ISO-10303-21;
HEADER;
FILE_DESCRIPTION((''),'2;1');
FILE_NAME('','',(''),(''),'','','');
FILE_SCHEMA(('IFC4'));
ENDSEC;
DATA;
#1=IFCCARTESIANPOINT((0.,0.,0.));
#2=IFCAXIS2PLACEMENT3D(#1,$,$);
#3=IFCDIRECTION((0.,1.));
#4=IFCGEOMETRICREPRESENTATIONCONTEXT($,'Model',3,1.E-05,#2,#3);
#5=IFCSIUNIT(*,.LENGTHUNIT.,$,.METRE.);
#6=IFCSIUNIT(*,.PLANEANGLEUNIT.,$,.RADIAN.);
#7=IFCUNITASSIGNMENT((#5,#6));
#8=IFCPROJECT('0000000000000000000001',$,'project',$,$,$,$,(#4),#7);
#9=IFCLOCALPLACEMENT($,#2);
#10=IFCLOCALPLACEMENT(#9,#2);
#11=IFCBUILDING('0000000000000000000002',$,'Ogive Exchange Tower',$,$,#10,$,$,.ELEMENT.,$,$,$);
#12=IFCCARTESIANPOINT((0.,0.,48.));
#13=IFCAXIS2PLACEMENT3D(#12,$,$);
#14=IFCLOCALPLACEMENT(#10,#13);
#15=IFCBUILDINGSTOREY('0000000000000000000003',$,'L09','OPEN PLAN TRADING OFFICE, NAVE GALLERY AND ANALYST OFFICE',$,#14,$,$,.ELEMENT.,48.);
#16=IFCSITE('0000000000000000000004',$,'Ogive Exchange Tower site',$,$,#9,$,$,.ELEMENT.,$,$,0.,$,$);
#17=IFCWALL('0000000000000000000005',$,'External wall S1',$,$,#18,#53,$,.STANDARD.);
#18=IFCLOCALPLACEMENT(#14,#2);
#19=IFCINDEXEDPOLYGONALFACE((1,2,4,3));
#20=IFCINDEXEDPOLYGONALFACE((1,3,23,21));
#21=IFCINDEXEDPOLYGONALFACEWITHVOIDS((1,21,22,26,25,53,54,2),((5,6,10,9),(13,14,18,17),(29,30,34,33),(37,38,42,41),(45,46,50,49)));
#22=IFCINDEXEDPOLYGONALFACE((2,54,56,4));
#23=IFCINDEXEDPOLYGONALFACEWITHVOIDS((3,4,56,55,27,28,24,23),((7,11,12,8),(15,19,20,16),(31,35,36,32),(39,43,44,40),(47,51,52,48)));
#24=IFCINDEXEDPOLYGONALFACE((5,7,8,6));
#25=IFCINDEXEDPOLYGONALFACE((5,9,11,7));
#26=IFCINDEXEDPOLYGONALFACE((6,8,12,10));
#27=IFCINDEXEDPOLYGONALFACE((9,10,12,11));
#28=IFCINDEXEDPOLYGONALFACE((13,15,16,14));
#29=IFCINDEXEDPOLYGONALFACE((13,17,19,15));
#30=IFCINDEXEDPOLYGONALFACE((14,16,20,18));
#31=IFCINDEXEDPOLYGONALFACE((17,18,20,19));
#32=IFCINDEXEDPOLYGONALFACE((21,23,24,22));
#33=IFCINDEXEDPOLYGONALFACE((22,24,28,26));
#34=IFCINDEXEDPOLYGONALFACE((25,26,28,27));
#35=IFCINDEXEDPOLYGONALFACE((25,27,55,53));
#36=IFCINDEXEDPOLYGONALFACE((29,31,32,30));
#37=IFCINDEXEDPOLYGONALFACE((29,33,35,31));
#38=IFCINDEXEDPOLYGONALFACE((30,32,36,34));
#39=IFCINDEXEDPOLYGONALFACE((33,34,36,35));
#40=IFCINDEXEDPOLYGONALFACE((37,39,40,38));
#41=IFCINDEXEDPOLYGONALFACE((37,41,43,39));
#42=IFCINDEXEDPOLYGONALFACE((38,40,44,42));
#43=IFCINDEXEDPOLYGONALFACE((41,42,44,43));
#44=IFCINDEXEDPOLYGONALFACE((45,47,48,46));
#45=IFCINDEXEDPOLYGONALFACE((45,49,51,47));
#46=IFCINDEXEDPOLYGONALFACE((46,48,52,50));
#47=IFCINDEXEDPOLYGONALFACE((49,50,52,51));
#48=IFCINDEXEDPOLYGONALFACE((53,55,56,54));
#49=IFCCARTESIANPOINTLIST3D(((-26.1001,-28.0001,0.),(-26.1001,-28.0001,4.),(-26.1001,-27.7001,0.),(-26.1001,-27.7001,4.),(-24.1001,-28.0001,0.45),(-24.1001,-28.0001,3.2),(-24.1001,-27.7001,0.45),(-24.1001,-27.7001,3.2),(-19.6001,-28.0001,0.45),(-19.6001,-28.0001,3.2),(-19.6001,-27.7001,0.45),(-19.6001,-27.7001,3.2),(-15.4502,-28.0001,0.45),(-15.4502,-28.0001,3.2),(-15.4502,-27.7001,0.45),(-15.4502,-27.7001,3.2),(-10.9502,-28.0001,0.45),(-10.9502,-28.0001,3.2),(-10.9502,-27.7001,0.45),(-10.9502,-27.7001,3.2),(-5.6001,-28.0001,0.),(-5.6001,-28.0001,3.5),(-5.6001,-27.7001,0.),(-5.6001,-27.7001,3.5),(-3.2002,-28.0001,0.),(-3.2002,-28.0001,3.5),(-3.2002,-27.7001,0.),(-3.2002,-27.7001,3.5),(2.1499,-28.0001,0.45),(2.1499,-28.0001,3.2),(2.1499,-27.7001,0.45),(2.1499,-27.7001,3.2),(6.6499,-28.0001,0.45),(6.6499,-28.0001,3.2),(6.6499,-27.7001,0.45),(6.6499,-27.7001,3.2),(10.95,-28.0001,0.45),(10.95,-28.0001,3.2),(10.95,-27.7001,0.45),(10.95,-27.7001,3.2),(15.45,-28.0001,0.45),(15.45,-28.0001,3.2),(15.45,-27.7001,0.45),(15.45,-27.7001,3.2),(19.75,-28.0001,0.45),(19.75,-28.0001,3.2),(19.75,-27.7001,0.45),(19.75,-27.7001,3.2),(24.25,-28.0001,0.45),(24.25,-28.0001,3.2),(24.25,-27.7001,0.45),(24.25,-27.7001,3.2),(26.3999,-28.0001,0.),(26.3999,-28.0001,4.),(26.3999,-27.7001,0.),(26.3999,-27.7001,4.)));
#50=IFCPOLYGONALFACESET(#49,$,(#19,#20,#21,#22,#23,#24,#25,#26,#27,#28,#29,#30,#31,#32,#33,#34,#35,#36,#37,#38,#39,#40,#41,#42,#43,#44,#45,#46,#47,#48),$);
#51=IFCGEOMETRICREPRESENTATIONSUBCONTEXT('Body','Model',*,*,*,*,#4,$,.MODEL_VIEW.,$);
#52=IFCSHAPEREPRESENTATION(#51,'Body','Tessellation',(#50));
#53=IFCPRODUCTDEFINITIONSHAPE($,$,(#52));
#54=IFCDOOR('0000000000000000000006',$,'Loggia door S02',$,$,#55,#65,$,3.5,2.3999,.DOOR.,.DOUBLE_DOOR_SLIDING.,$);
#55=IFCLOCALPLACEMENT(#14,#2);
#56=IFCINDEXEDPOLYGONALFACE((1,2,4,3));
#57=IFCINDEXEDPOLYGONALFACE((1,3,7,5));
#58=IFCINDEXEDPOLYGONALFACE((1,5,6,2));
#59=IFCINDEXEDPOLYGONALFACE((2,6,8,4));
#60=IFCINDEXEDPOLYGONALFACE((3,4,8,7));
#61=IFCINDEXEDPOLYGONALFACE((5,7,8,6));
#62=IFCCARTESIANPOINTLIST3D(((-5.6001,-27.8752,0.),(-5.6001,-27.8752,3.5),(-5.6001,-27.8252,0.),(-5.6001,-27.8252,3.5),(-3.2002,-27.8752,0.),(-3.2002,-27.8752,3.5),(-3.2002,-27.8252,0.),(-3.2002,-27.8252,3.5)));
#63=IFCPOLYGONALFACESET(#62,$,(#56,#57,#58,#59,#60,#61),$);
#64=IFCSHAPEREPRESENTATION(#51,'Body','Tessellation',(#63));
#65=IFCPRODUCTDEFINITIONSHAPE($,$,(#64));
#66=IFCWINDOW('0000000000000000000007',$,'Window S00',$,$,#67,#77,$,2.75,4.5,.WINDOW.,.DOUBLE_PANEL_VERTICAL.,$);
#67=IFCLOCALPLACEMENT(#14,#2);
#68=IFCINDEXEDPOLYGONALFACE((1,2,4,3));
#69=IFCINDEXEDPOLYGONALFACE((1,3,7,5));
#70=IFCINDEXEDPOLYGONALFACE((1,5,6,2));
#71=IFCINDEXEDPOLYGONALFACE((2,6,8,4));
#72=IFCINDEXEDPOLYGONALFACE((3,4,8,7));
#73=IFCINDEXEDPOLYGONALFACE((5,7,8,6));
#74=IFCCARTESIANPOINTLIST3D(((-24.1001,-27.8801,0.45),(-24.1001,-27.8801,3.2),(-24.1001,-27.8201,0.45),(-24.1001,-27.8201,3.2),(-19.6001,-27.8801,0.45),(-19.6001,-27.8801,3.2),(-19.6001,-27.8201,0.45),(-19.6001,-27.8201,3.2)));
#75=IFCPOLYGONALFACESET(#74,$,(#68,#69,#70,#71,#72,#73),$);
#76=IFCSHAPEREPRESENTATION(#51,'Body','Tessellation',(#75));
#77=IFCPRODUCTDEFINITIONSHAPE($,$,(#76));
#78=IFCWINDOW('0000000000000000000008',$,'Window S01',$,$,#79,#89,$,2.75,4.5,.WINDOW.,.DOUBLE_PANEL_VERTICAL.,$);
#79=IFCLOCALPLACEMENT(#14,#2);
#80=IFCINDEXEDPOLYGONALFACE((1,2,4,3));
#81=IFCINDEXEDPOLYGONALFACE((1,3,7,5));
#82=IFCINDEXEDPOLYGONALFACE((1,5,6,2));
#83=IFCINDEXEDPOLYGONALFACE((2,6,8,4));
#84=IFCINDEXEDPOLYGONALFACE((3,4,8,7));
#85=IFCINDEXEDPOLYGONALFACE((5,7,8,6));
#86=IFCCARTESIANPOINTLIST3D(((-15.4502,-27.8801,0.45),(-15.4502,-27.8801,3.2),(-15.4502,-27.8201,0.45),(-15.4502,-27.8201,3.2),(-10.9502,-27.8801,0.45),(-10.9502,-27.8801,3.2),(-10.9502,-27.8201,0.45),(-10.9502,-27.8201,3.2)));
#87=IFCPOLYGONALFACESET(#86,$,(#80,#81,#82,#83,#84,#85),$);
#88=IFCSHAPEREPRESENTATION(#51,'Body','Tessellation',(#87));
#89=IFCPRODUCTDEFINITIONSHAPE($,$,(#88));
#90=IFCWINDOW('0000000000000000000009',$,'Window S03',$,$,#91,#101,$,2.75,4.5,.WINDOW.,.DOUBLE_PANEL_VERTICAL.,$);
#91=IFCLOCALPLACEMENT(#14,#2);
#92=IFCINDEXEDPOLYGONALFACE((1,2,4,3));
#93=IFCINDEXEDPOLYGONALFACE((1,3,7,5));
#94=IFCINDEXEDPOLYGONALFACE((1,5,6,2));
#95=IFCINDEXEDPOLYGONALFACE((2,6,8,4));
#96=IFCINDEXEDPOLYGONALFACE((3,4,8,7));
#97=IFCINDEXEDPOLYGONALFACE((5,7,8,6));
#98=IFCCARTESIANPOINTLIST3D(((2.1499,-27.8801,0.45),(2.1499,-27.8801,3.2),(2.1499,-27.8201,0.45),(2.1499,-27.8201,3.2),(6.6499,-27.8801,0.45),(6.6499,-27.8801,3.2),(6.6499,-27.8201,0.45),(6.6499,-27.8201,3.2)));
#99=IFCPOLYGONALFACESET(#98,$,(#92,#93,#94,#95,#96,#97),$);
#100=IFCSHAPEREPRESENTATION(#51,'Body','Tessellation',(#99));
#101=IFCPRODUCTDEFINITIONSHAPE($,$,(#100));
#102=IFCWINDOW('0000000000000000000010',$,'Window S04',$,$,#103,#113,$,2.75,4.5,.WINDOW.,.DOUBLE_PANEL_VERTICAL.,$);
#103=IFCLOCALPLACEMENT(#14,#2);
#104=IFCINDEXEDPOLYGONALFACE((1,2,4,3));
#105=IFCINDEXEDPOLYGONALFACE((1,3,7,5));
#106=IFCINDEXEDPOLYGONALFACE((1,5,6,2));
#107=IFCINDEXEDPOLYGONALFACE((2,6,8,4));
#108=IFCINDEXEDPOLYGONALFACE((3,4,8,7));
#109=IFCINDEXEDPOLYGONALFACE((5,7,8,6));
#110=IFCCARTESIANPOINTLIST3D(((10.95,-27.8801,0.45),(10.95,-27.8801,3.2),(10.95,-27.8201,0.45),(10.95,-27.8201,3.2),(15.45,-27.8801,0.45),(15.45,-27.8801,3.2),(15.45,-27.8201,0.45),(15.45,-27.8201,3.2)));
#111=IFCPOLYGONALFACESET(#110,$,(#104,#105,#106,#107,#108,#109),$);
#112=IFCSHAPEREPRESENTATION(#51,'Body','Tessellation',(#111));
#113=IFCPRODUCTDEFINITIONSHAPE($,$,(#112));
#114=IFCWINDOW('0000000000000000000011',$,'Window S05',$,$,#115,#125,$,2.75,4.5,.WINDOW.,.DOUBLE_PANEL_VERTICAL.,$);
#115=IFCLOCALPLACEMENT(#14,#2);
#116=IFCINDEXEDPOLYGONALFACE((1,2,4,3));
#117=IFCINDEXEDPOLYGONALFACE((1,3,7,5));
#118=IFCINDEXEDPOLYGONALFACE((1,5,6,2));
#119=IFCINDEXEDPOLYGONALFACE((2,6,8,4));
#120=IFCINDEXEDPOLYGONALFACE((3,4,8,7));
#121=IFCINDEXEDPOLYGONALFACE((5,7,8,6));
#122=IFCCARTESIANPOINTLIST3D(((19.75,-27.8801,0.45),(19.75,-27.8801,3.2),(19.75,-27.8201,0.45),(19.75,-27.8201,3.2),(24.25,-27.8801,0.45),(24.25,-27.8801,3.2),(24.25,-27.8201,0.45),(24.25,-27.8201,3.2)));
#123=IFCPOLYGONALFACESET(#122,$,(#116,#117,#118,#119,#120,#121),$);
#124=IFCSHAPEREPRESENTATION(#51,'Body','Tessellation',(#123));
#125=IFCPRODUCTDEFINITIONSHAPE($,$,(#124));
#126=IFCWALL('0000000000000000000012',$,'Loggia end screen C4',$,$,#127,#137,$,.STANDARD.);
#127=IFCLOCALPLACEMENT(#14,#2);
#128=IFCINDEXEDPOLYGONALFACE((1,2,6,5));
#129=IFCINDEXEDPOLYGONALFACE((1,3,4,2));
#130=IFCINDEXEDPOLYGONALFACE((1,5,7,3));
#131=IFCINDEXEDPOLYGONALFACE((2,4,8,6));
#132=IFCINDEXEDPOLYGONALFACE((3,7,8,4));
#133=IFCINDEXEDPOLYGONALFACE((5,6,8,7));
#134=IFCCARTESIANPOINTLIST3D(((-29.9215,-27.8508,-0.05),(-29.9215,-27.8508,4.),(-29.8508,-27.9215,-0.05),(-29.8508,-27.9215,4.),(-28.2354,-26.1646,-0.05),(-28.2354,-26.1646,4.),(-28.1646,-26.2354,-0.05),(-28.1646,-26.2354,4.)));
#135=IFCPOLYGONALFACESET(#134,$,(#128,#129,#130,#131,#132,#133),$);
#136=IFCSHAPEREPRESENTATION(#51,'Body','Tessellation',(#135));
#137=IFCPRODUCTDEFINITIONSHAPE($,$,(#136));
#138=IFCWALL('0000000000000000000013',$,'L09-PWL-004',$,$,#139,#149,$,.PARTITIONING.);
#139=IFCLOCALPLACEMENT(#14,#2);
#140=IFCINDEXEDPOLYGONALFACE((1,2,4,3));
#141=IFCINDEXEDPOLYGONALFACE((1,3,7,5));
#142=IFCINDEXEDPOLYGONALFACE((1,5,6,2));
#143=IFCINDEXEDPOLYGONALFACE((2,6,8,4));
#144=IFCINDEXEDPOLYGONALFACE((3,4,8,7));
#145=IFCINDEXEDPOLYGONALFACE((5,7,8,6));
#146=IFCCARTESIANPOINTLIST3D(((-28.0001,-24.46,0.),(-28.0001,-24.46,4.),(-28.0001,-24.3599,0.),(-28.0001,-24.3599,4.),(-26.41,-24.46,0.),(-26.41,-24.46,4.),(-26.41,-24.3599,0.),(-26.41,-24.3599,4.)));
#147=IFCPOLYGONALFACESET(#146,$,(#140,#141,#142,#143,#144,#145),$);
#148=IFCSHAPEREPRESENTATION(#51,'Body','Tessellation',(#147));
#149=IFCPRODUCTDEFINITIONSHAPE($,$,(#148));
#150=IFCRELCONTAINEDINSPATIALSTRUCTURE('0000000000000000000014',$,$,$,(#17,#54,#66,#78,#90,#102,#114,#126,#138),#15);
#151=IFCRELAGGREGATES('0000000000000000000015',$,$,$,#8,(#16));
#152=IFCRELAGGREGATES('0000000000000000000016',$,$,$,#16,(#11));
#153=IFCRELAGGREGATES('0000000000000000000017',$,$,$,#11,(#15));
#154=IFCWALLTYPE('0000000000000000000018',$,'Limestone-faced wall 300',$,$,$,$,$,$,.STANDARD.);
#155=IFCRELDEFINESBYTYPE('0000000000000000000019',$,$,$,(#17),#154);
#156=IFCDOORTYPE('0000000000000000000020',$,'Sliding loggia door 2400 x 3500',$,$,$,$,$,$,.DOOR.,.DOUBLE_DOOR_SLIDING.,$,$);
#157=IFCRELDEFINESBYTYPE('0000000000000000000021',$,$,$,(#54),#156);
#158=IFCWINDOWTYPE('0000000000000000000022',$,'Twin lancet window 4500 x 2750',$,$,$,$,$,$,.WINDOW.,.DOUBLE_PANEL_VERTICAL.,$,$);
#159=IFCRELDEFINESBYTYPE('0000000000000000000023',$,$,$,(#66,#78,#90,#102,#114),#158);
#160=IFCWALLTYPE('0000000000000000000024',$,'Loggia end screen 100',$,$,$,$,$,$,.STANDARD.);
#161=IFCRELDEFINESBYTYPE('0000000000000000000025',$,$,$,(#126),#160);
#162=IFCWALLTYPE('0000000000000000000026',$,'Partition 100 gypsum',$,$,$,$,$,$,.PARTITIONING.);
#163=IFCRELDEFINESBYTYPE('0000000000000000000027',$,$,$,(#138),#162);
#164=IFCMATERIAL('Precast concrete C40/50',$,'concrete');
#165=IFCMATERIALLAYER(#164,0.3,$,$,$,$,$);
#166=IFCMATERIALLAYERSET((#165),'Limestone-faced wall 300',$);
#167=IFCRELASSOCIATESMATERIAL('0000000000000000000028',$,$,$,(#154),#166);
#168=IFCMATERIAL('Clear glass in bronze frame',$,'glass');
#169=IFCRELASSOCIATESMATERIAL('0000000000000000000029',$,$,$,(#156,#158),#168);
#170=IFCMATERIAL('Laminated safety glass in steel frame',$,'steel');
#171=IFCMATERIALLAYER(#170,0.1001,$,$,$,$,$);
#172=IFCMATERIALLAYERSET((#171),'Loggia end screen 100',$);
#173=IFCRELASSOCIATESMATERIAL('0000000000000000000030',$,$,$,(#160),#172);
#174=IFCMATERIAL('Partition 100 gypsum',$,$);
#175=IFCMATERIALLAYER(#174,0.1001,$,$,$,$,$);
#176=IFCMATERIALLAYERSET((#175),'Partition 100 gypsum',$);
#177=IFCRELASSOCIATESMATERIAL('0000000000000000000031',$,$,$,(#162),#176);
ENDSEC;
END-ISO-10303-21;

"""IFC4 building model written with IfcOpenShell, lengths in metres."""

from ifc_helpers import new_model, si_unit, direction, frame, frame_2d, origin, place, context, subcontext, project, spatial, rectangle, extrude, material, layer, layer_set, type_object, element, fill, save


model = new_model("IFC4")

# Units and contexts
model_context = context("Model", 3, precision=1e-05, world=origin(), true_north=direction((0.0, 1.0)))
body_context = subcontext(model_context, "Body", "Model", "MODEL_VIEW")
ifc_project = project(units=[si_unit("LENGTHUNIT", "METRE"), si_unit("PLANEANGLEUNIT", "RADIAN")], contexts=[model_context])

# Site, building, storey
site_placement = place(None, origin())
site = spatial("IfcSite", under=ifc_project, at=site_placement, Name="Ogive Exchange Tower site", CompositionType="ELEMENT", RefElevation=0.0)
building_placement = place(site_placement, origin())
building = spatial("IfcBuilding", under=site, at=building_placement, Name="Ogive Exchange Tower", CompositionType="ELEMENT")
storey_placement = place(building_placement, frame((0.0, 0.0, 48.0)))
storey = spatial("IfcBuildingStorey", under=building, at=storey_placement, Name="L09", Description="OPEN PLAN TRADING OFFICE, NAVE GALLERY AND ANALYST OFFICE", CompositionType="ELEMENT", Elevation=48.0)

# Wall, openings, door, windows
ifc_material_1 = material(Name="Precast concrete C40/50", Category="concrete")
ifc_layer_1 = layer(ifc_material_1, 0.3)
ifc_layer_set_1 = layer_set([ifc_layer_1], Name="Limestone-faced wall 300")
wall_type_1 = type_object("IfcWallType", Name="Limestone-faced wall 300", PredefinedType="STANDARD", material=ifc_layer_set_1)
wall_1_placement = place(storey_placement, frame((-26.1001, -27.8501, 0.0), z_axis=(0.0, 0.0, 1.0), x_axis=(1.0, 0.0, 0.0)))
wall_1 = element("IfcWall", 1, at=wall_1_placement, inside=storey, type_object=wall_type_1, Name="External wall S1", PredefinedType="STANDARD", context=body_context, shape_type="SweptSolid", body=[
    extrude(rectangle(XDim=52.5, YDim=0.3, at=frame_2d((26.25, 0.0))), origin(), (0.0, 0.0, 1.0), 4.0),
])
opening_1_placement = place(wall_1_placement, frame((2.0, 0.0, 0.45)))
opening_1 = element("IfcOpeningElement", 2, at=opening_1_placement, cuts=wall_1, PredefinedType="OPENING", context=body_context, shape_type="SweptSolid", body=[
    extrude(rectangle(XDim=4.5, YDim=2.75, at=frame_2d((2.25, 1.375))), frame((0.0, 0.1599, 0.0), z_axis=(0.0, -1.0, 0.0), x_axis=(1.0, 0.0, 0.0)), (0.0, 0.0, 1.0), 0.3201),
])
opening_2_placement = place(wall_1_placement, frame((10.6499, 0.0, 0.45)))
opening_2 = element("IfcOpeningElement", 3, at=opening_2_placement, cuts=wall_1, PredefinedType="OPENING", context=body_context, shape_type="SweptSolid", body=[
    extrude(rectangle(XDim=4.5, YDim=2.75, at=frame_2d((2.25, 1.375))), frame((0.0, 0.1599, 0.0), z_axis=(0.0, -1.0, 0.0), x_axis=(1.0, 0.0, 0.0)), (0.0, 0.0, 1.0), 0.3201),
])
opening_3_placement = place(wall_1_placement, frame((20.5, 0.0, 0.0)))
opening_3 = element("IfcOpeningElement", 4, at=opening_3_placement, cuts=wall_1, PredefinedType="OPENING", context=body_context, shape_type="SweptSolid", body=[
    extrude(rectangle(XDim=2.3999, YDim=3.5, at=frame_2d((1.2, 1.75))), frame((0.0, 0.1599, 0.0), z_axis=(0.0, -1.0, 0.0), x_axis=(1.0, 0.0, 0.0)), (0.0, 0.0, 1.0), 0.3201),
])
opening_4_placement = place(wall_1_placement, frame((28.25, 0.0, 0.45)))
opening_4 = element("IfcOpeningElement", 5, at=opening_4_placement, cuts=wall_1, PredefinedType="OPENING", context=body_context, shape_type="SweptSolid", body=[
    extrude(rectangle(XDim=4.5, YDim=2.75, at=frame_2d((2.25, 1.375))), frame((0.0, 0.1599, 0.0), z_axis=(0.0, -1.0, 0.0), x_axis=(1.0, 0.0, 0.0)), (0.0, 0.0, 1.0), 0.3201),
])
opening_5_placement = place(wall_1_placement, frame((37.05, 0.0, 0.45)))
opening_5 = element("IfcOpeningElement", 6, at=opening_5_placement, cuts=wall_1, PredefinedType="OPENING", context=body_context, shape_type="SweptSolid", body=[
    extrude(rectangle(XDim=4.5, YDim=2.75, at=frame_2d((2.25, 1.375))), frame((0.0, 0.1599, 0.0), z_axis=(0.0, -1.0, 0.0), x_axis=(1.0, 0.0, 0.0)), (0.0, 0.0, 1.0), 0.3201),
])
opening_6_placement = place(wall_1_placement, frame((45.8501, 0.0, 0.45)))
opening_6 = element("IfcOpeningElement", 7, at=opening_6_placement, cuts=wall_1, PredefinedType="OPENING", context=body_context, shape_type="SweptSolid", body=[
    extrude(rectangle(XDim=4.5, YDim=2.75, at=frame_2d((2.25, 1.375))), frame((0.0, 0.1599, 0.0), z_axis=(0.0, -1.0, 0.0), x_axis=(1.0, 0.0, 0.0)), (0.0, 0.0, 1.0), 0.3201),
])
ifc_material_2 = material(Name="Clear glass in bronze frame", Category="glass")
door_type_1 = type_object("IfcDoorType", Name="Sliding loggia door 2400 x 3500", OperationType="DOUBLE_DOOR_SLIDING", PredefinedType="DOOR", material=ifc_material_2)
door_1_placement = place(opening_3_placement, origin())
door_1 = element("IfcDoor", 8, at=door_1_placement, inside=storey, type_object=door_type_1, Name="Loggia door S02", OperationType="DOUBLE_DOOR_SLIDING", OverallHeight=3.5, OverallWidth=2.3999, PredefinedType="DOOR", context=body_context, shape_type="SweptSolid", body=[
    extrude(rectangle(XDim=2.3999, YDim=3.5, at=frame_2d((1.2, 1.75))), frame((0.0, 0.0249, 0.0), z_axis=(0.0, -1.0, 0.0), x_axis=(1.0, 0.0, 0.0)), (0.0, 0.0, 1.0), 0.05),
])
fill(opening_3, door_1)
window_type = type_object("IfcWindowType", Name="Twin lancet window 4500 x 2750", PartitioningType="DOUBLE_PANEL_VERTICAL", PredefinedType="WINDOW", material=ifc_material_2)
window_1_placement = place(opening_1_placement, origin())
window_1 = element("IfcWindow", 9, at=window_1_placement, inside=storey, type_object=window_type, Name="Window S00", OverallHeight=2.75, OverallWidth=4.5, PartitioningType="DOUBLE_PANEL_VERTICAL", PredefinedType="WINDOW", context=body_context, shape_type="SweptSolid", body=[
    extrude(rectangle(XDim=4.5, YDim=2.75, at=frame_2d((2.25, 1.375))), frame((0.0, 0.03, 0.0), z_axis=(0.0, -1.0, 0.0), x_axis=(1.0, 0.0, 0.0)), (0.0, 0.0, 1.0), 0.0601),
])
fill(opening_1, window_1)
window_2_placement = place(opening_2_placement, origin())
window_2 = element("IfcWindow", 10, at=window_2_placement, inside=storey, type_object=window_type, Name="Window S01", OverallHeight=2.75, OverallWidth=4.5, PartitioningType="DOUBLE_PANEL_VERTICAL", PredefinedType="WINDOW", context=body_context, shape_type="SweptSolid", body=[
    extrude(rectangle(XDim=4.5, YDim=2.75, at=frame_2d((2.25, 1.375))), frame((0.0, 0.03, 0.0), z_axis=(0.0, -1.0, 0.0), x_axis=(1.0, 0.0, 0.0)), (0.0, 0.0, 1.0), 0.0601),
])
fill(opening_2, window_2)
window_3_placement = place(opening_4_placement, origin())
window_3 = element("IfcWindow", 11, at=window_3_placement, inside=storey, type_object=window_type, Name="Window S03", OverallHeight=2.75, OverallWidth=4.5, PartitioningType="DOUBLE_PANEL_VERTICAL", PredefinedType="WINDOW", context=body_context, shape_type="SweptSolid", body=[
    extrude(rectangle(XDim=4.5, YDim=2.75, at=frame_2d((2.25, 1.375))), frame((0.0, 0.03, 0.0), z_axis=(0.0, -1.0, 0.0), x_axis=(1.0, 0.0, 0.0)), (0.0, 0.0, 1.0), 0.0601),
])
fill(opening_4, window_3)
window_4_placement = place(opening_5_placement, origin())
window_4 = element("IfcWindow", 12, at=window_4_placement, inside=storey, type_object=window_type, Name="Window S04", OverallHeight=2.75, OverallWidth=4.5, PartitioningType="DOUBLE_PANEL_VERTICAL", PredefinedType="WINDOW", context=body_context, shape_type="SweptSolid", body=[
    extrude(rectangle(XDim=4.5, YDim=2.75, at=frame_2d((2.25, 1.375))), frame((0.0, 0.03, 0.0), z_axis=(0.0, -1.0, 0.0), x_axis=(1.0, 0.0, 0.0)), (0.0, 0.0, 1.0), 0.0601),
])
fill(opening_5, window_4)
window_5_placement = place(opening_6_placement, origin())
window_5 = element("IfcWindow", 13, at=window_5_placement, inside=storey, type_object=window_type, Name="Window S05", OverallHeight=2.75, OverallWidth=4.5, PartitioningType="DOUBLE_PANEL_VERTICAL", PredefinedType="WINDOW", context=body_context, shape_type="SweptSolid", body=[
    extrude(rectangle(XDim=4.5, YDim=2.75, at=frame_2d((2.25, 1.375))), frame((0.0, 0.03, 0.0), z_axis=(0.0, -1.0, 0.0), x_axis=(1.0, 0.0, 0.0)), (0.0, 0.0, 1.0), 0.0601),
])
fill(opening_6, window_5)

# Walls
ifc_material_3 = material(Name="Laminated safety glass in steel frame", Category="steel")
ifc_layer_2 = layer(ifc_material_3, 0.1001)
ifc_layer_set_2 = layer_set([ifc_layer_2], Name="Loggia end screen 100")
wall_type_2 = type_object("IfcWallType", Name="Loggia end screen 100", PredefinedType="STANDARD", material=ifc_layer_set_2)
wall_2_placement = place(storey_placement, frame((-28.2, -26.2, -0.05), z_axis=(0.0, 0.0, 1.0), x_axis=(-0.707107, -0.707107, 0.0)))
element("IfcWall", 14, at=wall_2_placement, inside=storey, type_object=wall_type_2, Name="Loggia end screen C4", PredefinedType="STANDARD", context=body_context, shape_type="SweptSolid", body=[
    extrude(rectangle(XDim=2.3845, YDim=0.1001, at=frame_2d((1.1924, 0.0))), origin(), (0.0, 0.0, 1.0), 4.05),
])
ifc_material_4 = material(Name="Partition 100 gypsum")
ifc_layer_3 = layer(ifc_material_4, 0.1001)
ifc_layer_set_3 = layer_set([ifc_layer_3], Name="Partition 100 gypsum")
wall_type_3 = type_object("IfcWallType", Name="Partition 100 gypsum", PredefinedType="PARTITIONING", material=ifc_layer_set_3)
wall_3_placement = place(storey_placement, frame((-28.0, -24.4099, 0.0), z_axis=(0.0, 0.0, 1.0), x_axis=(1.0, 0.0, 0.0)))
element("IfcWall", 15, at=wall_3_placement, inside=storey, type_object=wall_type_3, Name="L09-PWL-004", PredefinedType="PARTITIONING", context=body_context, shape_type="SweptSolid", body=[
    extrude(rectangle(XDim=1.5901, YDim=0.1001, at=frame_2d((0.7949, 0.0))), origin(), (0.0, 0.0, 1.0), 4.0),
])

save(model, "model.ifc")
